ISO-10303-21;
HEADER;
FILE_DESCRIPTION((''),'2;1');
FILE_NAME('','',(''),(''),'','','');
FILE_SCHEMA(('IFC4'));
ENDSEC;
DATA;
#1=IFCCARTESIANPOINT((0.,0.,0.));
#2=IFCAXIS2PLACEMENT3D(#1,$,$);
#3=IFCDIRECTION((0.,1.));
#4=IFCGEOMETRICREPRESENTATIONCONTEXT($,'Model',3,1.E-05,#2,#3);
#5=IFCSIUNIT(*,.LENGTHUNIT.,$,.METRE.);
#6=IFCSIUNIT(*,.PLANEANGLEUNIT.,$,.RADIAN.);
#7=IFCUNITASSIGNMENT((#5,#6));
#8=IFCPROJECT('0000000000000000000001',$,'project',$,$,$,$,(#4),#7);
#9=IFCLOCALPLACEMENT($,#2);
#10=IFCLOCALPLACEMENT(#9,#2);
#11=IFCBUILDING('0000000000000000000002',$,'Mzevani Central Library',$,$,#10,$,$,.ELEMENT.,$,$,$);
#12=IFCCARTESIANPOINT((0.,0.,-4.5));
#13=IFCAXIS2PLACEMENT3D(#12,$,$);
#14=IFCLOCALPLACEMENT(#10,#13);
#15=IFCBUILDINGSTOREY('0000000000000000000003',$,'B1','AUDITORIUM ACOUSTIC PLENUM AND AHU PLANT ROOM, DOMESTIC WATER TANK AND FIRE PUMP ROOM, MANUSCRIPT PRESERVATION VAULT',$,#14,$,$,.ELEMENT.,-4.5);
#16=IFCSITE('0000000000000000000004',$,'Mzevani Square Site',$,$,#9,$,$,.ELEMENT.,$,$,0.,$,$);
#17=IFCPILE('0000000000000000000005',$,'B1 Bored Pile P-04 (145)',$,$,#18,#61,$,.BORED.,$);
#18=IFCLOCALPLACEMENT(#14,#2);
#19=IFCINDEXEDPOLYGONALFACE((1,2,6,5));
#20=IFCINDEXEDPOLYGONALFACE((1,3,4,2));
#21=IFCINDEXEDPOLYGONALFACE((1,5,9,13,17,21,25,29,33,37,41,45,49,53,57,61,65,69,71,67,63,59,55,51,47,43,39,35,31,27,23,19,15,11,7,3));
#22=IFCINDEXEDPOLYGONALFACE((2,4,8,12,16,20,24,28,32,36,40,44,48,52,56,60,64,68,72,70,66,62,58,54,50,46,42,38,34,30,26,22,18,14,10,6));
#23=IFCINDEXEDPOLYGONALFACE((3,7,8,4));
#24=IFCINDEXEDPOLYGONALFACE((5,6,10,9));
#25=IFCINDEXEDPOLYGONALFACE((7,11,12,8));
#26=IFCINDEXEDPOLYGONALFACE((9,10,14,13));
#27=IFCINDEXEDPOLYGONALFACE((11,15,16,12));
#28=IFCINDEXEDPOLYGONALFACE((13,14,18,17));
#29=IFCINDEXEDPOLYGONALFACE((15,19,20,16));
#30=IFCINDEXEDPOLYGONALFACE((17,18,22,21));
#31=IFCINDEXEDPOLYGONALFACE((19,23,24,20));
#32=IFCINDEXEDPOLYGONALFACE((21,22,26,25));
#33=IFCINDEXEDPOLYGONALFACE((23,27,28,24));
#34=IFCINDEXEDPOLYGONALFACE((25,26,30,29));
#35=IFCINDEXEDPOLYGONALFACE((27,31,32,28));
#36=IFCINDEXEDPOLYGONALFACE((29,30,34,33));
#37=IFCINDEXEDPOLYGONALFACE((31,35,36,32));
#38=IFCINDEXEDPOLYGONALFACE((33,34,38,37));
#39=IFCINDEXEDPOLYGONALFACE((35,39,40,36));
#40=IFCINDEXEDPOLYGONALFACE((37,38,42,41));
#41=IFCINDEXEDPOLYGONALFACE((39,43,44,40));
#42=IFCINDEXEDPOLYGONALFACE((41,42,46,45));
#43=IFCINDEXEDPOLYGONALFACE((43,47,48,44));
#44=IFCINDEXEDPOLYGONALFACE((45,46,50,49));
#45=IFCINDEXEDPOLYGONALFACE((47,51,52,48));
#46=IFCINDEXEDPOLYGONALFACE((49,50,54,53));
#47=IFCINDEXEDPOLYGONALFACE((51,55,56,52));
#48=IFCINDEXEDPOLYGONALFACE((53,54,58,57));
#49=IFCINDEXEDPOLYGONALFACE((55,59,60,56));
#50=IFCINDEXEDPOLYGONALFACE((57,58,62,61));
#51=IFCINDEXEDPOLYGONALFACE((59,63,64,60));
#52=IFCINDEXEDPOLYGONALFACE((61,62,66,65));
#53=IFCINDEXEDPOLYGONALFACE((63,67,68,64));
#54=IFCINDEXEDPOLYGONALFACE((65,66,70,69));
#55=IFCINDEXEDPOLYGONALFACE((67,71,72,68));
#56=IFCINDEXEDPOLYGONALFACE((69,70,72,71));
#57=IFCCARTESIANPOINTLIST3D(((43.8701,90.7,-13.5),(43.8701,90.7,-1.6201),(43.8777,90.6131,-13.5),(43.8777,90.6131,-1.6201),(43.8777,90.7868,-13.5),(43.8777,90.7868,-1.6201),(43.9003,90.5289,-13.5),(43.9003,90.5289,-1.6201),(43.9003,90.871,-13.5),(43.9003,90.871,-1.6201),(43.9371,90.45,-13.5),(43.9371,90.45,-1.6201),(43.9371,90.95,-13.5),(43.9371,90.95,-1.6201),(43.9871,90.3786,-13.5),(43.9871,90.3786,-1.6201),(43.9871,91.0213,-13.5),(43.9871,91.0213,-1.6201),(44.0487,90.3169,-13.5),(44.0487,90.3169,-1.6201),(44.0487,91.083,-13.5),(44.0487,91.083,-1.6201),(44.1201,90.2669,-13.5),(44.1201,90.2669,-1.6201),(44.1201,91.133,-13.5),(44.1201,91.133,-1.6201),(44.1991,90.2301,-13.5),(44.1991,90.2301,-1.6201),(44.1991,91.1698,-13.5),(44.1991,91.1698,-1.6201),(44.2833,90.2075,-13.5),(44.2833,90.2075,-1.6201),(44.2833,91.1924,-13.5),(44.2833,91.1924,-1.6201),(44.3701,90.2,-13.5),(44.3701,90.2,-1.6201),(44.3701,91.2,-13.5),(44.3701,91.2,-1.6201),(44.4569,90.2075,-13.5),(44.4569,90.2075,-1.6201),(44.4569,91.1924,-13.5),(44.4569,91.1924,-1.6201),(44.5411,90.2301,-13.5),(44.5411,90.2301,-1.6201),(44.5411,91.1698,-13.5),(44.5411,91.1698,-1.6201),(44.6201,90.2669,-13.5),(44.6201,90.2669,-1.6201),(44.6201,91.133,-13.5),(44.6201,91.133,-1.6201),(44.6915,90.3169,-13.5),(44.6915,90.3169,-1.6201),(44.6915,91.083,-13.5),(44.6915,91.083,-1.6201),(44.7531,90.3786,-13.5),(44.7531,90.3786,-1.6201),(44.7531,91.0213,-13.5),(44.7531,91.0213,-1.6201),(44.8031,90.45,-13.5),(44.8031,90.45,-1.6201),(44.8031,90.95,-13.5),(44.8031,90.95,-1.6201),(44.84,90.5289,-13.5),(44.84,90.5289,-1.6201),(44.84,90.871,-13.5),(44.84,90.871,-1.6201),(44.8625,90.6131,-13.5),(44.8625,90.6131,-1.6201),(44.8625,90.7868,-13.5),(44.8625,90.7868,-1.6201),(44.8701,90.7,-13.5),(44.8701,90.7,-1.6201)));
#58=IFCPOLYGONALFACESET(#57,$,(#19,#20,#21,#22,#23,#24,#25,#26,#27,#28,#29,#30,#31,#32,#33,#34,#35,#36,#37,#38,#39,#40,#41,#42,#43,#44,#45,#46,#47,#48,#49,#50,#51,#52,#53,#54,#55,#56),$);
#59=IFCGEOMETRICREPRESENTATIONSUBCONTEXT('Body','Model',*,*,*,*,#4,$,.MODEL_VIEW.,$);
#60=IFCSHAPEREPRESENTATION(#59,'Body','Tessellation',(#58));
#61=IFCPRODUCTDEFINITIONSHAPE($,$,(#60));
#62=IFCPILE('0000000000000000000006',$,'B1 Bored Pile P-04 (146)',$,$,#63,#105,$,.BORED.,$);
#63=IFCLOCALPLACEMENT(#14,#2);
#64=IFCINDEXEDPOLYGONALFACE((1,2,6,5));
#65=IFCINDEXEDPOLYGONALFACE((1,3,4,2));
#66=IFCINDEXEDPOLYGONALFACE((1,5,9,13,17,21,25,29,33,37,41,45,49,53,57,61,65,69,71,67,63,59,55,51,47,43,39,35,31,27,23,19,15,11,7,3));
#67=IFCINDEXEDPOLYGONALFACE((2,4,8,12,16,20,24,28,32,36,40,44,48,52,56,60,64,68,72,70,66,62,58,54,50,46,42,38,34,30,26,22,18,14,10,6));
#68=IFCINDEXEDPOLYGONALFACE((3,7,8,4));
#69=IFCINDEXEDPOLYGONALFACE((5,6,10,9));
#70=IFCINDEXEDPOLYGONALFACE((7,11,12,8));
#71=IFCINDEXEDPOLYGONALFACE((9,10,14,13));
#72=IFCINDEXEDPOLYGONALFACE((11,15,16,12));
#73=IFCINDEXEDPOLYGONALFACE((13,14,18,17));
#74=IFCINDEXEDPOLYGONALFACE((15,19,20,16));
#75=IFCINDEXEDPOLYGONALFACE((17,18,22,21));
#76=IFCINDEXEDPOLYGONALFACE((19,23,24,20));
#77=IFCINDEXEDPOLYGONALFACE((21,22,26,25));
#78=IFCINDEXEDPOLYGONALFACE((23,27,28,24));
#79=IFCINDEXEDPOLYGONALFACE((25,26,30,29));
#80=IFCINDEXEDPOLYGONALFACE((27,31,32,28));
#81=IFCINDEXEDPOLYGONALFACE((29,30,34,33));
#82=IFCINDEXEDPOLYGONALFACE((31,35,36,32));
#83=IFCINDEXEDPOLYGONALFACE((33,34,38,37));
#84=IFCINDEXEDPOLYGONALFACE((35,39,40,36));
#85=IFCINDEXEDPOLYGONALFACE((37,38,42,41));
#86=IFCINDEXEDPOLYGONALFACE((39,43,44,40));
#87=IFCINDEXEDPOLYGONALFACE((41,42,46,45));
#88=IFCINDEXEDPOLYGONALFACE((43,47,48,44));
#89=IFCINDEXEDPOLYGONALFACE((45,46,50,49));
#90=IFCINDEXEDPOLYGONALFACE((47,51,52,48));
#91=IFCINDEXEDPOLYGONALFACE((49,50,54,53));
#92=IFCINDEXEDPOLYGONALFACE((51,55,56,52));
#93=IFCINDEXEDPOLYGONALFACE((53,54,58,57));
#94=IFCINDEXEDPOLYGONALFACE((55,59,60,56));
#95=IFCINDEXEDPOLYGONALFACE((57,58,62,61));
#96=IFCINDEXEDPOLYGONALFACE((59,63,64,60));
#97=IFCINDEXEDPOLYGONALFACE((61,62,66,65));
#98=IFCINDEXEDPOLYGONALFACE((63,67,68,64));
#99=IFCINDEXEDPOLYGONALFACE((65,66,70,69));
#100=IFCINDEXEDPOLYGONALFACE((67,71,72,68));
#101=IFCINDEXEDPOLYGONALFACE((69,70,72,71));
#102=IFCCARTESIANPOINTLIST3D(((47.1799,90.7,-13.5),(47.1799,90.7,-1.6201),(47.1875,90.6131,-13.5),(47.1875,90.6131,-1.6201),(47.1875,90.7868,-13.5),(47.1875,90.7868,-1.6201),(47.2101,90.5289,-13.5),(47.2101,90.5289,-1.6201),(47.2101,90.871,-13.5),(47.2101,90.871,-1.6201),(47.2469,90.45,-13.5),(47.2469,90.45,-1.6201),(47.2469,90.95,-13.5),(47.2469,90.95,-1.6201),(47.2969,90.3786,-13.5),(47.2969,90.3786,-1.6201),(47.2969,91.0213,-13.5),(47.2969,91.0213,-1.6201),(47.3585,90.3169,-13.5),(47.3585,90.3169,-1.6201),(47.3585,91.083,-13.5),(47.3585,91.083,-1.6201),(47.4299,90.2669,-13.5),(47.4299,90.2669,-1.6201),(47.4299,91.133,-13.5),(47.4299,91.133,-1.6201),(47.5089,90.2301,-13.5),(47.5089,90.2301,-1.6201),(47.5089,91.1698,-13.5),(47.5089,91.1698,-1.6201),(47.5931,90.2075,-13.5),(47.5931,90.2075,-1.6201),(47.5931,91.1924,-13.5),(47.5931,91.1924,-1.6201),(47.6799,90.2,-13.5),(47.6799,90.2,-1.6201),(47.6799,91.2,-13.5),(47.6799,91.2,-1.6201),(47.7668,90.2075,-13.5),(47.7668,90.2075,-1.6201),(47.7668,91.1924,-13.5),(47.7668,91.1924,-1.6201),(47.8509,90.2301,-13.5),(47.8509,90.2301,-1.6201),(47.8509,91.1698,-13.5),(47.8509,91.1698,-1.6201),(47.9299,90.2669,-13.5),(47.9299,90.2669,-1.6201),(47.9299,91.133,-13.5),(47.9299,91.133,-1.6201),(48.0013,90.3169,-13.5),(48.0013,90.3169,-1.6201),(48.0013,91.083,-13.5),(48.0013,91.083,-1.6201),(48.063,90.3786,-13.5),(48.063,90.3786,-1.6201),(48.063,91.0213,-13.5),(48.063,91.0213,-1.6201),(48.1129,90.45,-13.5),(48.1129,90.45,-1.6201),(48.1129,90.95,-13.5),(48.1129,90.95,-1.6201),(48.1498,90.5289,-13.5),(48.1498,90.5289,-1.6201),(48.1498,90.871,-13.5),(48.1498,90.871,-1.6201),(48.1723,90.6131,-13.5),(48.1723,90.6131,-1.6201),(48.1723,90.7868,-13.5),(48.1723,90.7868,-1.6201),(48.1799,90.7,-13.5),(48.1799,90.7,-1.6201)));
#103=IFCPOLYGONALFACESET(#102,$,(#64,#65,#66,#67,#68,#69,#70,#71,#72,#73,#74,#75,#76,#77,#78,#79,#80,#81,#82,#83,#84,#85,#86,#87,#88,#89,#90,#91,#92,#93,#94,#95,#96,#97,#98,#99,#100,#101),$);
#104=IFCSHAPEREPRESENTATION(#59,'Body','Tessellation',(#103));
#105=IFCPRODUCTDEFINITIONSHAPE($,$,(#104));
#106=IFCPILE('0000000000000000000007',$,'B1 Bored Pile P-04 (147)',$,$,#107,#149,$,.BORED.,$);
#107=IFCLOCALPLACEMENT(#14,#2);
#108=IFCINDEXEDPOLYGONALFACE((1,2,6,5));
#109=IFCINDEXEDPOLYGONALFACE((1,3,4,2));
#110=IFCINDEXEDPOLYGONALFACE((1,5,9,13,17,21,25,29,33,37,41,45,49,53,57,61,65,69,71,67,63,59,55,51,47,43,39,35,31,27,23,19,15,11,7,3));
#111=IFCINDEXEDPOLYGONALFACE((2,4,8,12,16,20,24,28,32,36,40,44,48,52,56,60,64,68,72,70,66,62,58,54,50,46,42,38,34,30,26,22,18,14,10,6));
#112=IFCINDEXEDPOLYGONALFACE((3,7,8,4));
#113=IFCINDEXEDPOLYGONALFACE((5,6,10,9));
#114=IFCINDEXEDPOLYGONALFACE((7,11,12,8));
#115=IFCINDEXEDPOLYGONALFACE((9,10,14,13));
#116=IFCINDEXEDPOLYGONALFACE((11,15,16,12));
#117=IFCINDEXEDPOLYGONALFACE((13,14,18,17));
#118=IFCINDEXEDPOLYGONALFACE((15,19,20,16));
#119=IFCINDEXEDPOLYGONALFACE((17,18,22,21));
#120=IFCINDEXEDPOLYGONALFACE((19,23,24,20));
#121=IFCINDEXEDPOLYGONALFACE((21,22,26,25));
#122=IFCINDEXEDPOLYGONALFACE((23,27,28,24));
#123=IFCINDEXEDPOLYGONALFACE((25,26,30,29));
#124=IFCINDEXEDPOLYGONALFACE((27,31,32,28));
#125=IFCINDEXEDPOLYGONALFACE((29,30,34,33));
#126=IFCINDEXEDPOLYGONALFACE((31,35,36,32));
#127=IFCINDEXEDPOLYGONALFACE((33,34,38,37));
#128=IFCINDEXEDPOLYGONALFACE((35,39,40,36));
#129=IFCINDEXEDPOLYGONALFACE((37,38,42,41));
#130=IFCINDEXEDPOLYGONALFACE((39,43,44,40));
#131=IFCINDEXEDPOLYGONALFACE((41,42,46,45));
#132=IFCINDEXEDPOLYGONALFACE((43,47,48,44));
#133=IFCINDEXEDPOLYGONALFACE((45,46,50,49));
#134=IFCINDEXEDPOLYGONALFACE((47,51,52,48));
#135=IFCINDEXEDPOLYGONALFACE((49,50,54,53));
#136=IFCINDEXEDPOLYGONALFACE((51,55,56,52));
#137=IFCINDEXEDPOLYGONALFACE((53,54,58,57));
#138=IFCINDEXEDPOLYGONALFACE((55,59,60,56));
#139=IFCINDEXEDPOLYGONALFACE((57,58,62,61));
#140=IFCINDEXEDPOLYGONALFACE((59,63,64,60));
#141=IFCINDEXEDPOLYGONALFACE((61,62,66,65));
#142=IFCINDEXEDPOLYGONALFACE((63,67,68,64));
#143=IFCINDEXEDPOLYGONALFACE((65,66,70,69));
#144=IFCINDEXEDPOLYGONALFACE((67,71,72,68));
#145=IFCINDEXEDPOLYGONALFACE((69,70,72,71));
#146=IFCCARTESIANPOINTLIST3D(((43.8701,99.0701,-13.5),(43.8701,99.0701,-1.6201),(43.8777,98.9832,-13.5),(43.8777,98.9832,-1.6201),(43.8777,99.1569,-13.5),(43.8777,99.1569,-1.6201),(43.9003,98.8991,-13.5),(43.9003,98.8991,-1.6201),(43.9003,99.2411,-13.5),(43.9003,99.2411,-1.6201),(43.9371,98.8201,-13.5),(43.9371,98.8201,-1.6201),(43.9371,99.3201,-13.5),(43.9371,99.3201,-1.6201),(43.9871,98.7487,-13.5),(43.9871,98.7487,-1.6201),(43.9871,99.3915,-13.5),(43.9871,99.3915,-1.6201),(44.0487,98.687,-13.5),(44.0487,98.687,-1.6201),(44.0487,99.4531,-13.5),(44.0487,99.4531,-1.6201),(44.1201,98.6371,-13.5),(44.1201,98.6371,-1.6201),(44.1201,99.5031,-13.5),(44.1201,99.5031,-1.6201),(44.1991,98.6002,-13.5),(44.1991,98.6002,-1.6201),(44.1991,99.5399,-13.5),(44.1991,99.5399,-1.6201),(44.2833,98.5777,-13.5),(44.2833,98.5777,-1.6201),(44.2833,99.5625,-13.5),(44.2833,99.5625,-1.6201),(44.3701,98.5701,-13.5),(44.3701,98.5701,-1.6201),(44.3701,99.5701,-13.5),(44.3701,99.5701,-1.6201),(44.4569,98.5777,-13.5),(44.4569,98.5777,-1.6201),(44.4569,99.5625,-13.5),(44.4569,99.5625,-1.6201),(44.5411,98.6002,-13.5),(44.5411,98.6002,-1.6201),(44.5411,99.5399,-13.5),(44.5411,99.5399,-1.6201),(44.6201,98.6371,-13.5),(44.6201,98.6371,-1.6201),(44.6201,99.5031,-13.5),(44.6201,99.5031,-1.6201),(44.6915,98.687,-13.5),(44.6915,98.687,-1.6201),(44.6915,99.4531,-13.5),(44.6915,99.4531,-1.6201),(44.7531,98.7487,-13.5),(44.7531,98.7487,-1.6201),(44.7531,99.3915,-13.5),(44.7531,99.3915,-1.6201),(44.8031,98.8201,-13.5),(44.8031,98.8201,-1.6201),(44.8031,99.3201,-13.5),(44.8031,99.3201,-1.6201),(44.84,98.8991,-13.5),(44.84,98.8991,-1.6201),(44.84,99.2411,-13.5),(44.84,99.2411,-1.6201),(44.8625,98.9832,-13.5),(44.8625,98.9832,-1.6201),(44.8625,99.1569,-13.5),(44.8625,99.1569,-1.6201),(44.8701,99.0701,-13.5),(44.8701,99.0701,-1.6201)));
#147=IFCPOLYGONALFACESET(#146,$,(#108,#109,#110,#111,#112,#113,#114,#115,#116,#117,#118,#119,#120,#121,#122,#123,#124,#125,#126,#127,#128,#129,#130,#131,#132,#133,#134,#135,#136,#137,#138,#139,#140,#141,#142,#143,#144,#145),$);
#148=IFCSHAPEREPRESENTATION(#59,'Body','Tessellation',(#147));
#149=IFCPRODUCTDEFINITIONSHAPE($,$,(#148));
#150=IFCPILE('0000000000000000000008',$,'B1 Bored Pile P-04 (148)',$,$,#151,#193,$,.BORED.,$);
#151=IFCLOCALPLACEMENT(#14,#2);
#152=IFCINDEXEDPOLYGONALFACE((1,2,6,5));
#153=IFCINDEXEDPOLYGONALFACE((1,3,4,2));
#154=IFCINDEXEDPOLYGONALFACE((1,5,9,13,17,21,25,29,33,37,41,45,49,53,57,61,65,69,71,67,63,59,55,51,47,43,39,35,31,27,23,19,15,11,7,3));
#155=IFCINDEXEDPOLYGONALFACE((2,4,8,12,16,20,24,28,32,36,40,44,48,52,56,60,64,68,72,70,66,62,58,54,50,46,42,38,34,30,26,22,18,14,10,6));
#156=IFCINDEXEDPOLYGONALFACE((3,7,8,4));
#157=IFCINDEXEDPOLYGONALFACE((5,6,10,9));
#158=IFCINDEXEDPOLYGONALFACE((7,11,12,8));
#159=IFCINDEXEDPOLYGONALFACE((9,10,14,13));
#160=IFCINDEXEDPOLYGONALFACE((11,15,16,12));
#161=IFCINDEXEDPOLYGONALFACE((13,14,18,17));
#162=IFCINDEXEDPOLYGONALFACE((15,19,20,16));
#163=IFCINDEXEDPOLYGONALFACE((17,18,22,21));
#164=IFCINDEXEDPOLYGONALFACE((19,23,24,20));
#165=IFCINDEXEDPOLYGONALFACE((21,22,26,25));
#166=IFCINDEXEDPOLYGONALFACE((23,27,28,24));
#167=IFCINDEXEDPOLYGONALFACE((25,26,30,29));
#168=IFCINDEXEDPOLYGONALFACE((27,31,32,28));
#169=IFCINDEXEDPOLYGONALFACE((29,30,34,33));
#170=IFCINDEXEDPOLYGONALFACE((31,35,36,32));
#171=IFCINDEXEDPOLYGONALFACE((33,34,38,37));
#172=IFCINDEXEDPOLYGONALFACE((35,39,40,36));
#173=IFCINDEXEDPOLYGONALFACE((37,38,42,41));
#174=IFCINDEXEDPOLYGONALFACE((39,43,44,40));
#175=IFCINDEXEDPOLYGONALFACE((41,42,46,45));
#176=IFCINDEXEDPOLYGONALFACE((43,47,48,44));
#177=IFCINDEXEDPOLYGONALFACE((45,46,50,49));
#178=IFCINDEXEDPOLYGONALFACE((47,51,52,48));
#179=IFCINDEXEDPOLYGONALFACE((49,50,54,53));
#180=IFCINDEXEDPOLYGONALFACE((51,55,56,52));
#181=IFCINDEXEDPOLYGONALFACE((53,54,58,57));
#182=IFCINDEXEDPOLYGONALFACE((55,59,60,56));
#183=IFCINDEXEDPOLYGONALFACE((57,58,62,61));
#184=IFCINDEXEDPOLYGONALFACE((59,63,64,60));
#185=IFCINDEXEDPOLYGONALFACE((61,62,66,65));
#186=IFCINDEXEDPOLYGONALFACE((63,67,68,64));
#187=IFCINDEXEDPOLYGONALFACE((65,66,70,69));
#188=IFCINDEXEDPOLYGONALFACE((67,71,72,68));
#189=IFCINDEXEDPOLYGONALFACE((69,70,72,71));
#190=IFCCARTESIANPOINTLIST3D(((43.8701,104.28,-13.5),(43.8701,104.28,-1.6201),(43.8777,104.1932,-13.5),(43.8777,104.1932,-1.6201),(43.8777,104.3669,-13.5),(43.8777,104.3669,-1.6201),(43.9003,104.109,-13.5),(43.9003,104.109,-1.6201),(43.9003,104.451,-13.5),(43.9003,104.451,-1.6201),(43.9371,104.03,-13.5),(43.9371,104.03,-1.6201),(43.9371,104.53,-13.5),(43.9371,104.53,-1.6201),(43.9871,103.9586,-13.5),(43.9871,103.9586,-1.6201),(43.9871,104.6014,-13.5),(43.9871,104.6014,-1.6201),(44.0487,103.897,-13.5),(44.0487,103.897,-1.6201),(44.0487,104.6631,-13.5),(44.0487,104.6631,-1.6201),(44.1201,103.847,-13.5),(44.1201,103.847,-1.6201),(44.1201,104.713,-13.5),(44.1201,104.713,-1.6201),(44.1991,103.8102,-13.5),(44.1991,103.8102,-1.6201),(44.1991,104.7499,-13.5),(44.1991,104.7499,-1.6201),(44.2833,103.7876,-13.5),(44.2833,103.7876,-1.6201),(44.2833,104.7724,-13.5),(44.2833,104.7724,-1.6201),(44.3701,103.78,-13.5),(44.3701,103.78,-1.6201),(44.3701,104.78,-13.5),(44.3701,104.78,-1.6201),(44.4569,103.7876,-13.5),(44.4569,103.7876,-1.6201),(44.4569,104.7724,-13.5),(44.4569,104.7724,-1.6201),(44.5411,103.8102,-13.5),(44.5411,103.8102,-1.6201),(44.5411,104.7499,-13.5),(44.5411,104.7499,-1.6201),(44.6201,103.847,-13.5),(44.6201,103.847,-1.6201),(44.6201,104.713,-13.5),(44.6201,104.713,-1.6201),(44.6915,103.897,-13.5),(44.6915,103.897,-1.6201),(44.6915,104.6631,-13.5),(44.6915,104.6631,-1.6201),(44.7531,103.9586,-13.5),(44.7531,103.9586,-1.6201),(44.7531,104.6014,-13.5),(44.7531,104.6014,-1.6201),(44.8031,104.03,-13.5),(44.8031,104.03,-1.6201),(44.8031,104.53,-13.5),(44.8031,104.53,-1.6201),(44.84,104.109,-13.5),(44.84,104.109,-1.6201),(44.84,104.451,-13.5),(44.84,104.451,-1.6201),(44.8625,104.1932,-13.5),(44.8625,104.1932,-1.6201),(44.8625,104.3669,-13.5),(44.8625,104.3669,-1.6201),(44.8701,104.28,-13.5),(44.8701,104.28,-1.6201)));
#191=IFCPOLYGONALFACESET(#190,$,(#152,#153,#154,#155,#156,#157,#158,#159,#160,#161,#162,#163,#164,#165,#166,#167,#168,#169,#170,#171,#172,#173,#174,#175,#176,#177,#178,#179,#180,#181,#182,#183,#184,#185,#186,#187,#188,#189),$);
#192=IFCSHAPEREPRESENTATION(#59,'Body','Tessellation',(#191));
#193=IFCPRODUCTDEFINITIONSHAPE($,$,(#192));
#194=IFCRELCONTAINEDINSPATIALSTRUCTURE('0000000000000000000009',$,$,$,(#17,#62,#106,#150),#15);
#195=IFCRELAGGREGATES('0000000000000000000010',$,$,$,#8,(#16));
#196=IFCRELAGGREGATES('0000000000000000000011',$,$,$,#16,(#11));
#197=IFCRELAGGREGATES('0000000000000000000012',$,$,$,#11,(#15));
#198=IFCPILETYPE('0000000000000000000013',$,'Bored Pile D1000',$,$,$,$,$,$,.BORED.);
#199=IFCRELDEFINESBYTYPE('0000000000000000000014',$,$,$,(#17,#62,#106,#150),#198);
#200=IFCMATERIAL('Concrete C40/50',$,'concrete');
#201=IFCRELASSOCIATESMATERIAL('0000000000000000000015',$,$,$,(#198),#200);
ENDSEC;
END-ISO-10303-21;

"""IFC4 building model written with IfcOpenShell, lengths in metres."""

from ifc_helpers import new_model, si_unit, direction, frame, origin, origin_2d, place, context, subcontext, project, spatial, circle, extrude, material, material_profile, profile_set, type_object, element, save


model = new_model("IFC4")

# Units and contexts
model_context = context("Model", 3, precision=1e-05, world=origin(), true_north=direction((0.0, 1.0)))
body_context = subcontext(model_context, "Body", "Model", "MODEL_VIEW")
ifc_project = project(units=[si_unit("LENGTHUNIT", "METRE"), si_unit("PLANEANGLEUNIT", "RADIAN")], contexts=[model_context])

# Site, building, storey
site_placement = place(None, origin())
site = spatial("IfcSite", under=ifc_project, at=site_placement, Name="Mzevani Square Site", CompositionType="ELEMENT", RefElevation=0.0)
building_placement = place(site_placement, origin())
building = spatial("IfcBuilding", under=site, at=building_placement, Name="Mzevani Central Library", CompositionType="ELEMENT")
storey_placement = place(building_placement, frame((0.0, 0.0, -4.5)))
storey = spatial("IfcBuildingStorey", under=building, at=storey_placement, Name="B1", Description="AUDITORIUM ACOUSTIC PLENUM AND AHU PLANT ROOM, DOMESTIC WATER TANK AND FIRE PUMP ROOM, MANUSCRIPT PRESERVATION VAULT", CompositionType="ELEMENT", Elevation=-4.5)

# Piles
ifc_material_1 = material(Name="Concrete C40/50", Category="concrete")
ifc_material_profile_1 = material_profile(ifc_material_1, circle(Radius=0.5, at=origin_2d()), Name="PILE D1000")
ifc_profile_set_1 = profile_set([ifc_material_profile_1], Name="Concrete C40/50")
pile_type_1 = type_object("IfcPileType", Name="Bored Pile D1000", PredefinedType="BORED", material=ifc_profile_set_1)
for number, where, z_axis, x_axis, name in (
    (1, (44.3701, 90.7, -1.6201), (0.0, 0.0, -1.0), (1.0, 0.0, 0.0), "B1 Bored Pile P-04 (145)"),
    (2, (47.6799, 90.7, -1.6201), (0.0, 0.0, -1.0), (1.0, 0.0, 0.0), "B1 Bored Pile P-04 (146)"),
    (3, (44.3701, 99.0701, -1.6201), (0.0, 0.0, -1.0), (1.0, 0.0, 0.0), "B1 Bored Pile P-04 (147)"),
    (4, (44.3701, 104.28, -1.6201), (0.0, 0.0, -1.0), (1.0, 0.0, 0.0), "B1 Bored Pile P-04 (148)"),
):
    element("IfcPile", number, at=place(storey_placement, frame(where, z_axis=z_axis, x_axis=x_axis)), inside=storey, type_object=pile_type_1, Name=name, PredefinedType="BORED", context=body_context, shape_type="SweptSolid", body=[
        extrude(circle(Radius=0.5, at=origin_2d()), origin(), (0.0, 0.0, 1.0), 11.8799),
    ])

save(model, "model.ifc")
